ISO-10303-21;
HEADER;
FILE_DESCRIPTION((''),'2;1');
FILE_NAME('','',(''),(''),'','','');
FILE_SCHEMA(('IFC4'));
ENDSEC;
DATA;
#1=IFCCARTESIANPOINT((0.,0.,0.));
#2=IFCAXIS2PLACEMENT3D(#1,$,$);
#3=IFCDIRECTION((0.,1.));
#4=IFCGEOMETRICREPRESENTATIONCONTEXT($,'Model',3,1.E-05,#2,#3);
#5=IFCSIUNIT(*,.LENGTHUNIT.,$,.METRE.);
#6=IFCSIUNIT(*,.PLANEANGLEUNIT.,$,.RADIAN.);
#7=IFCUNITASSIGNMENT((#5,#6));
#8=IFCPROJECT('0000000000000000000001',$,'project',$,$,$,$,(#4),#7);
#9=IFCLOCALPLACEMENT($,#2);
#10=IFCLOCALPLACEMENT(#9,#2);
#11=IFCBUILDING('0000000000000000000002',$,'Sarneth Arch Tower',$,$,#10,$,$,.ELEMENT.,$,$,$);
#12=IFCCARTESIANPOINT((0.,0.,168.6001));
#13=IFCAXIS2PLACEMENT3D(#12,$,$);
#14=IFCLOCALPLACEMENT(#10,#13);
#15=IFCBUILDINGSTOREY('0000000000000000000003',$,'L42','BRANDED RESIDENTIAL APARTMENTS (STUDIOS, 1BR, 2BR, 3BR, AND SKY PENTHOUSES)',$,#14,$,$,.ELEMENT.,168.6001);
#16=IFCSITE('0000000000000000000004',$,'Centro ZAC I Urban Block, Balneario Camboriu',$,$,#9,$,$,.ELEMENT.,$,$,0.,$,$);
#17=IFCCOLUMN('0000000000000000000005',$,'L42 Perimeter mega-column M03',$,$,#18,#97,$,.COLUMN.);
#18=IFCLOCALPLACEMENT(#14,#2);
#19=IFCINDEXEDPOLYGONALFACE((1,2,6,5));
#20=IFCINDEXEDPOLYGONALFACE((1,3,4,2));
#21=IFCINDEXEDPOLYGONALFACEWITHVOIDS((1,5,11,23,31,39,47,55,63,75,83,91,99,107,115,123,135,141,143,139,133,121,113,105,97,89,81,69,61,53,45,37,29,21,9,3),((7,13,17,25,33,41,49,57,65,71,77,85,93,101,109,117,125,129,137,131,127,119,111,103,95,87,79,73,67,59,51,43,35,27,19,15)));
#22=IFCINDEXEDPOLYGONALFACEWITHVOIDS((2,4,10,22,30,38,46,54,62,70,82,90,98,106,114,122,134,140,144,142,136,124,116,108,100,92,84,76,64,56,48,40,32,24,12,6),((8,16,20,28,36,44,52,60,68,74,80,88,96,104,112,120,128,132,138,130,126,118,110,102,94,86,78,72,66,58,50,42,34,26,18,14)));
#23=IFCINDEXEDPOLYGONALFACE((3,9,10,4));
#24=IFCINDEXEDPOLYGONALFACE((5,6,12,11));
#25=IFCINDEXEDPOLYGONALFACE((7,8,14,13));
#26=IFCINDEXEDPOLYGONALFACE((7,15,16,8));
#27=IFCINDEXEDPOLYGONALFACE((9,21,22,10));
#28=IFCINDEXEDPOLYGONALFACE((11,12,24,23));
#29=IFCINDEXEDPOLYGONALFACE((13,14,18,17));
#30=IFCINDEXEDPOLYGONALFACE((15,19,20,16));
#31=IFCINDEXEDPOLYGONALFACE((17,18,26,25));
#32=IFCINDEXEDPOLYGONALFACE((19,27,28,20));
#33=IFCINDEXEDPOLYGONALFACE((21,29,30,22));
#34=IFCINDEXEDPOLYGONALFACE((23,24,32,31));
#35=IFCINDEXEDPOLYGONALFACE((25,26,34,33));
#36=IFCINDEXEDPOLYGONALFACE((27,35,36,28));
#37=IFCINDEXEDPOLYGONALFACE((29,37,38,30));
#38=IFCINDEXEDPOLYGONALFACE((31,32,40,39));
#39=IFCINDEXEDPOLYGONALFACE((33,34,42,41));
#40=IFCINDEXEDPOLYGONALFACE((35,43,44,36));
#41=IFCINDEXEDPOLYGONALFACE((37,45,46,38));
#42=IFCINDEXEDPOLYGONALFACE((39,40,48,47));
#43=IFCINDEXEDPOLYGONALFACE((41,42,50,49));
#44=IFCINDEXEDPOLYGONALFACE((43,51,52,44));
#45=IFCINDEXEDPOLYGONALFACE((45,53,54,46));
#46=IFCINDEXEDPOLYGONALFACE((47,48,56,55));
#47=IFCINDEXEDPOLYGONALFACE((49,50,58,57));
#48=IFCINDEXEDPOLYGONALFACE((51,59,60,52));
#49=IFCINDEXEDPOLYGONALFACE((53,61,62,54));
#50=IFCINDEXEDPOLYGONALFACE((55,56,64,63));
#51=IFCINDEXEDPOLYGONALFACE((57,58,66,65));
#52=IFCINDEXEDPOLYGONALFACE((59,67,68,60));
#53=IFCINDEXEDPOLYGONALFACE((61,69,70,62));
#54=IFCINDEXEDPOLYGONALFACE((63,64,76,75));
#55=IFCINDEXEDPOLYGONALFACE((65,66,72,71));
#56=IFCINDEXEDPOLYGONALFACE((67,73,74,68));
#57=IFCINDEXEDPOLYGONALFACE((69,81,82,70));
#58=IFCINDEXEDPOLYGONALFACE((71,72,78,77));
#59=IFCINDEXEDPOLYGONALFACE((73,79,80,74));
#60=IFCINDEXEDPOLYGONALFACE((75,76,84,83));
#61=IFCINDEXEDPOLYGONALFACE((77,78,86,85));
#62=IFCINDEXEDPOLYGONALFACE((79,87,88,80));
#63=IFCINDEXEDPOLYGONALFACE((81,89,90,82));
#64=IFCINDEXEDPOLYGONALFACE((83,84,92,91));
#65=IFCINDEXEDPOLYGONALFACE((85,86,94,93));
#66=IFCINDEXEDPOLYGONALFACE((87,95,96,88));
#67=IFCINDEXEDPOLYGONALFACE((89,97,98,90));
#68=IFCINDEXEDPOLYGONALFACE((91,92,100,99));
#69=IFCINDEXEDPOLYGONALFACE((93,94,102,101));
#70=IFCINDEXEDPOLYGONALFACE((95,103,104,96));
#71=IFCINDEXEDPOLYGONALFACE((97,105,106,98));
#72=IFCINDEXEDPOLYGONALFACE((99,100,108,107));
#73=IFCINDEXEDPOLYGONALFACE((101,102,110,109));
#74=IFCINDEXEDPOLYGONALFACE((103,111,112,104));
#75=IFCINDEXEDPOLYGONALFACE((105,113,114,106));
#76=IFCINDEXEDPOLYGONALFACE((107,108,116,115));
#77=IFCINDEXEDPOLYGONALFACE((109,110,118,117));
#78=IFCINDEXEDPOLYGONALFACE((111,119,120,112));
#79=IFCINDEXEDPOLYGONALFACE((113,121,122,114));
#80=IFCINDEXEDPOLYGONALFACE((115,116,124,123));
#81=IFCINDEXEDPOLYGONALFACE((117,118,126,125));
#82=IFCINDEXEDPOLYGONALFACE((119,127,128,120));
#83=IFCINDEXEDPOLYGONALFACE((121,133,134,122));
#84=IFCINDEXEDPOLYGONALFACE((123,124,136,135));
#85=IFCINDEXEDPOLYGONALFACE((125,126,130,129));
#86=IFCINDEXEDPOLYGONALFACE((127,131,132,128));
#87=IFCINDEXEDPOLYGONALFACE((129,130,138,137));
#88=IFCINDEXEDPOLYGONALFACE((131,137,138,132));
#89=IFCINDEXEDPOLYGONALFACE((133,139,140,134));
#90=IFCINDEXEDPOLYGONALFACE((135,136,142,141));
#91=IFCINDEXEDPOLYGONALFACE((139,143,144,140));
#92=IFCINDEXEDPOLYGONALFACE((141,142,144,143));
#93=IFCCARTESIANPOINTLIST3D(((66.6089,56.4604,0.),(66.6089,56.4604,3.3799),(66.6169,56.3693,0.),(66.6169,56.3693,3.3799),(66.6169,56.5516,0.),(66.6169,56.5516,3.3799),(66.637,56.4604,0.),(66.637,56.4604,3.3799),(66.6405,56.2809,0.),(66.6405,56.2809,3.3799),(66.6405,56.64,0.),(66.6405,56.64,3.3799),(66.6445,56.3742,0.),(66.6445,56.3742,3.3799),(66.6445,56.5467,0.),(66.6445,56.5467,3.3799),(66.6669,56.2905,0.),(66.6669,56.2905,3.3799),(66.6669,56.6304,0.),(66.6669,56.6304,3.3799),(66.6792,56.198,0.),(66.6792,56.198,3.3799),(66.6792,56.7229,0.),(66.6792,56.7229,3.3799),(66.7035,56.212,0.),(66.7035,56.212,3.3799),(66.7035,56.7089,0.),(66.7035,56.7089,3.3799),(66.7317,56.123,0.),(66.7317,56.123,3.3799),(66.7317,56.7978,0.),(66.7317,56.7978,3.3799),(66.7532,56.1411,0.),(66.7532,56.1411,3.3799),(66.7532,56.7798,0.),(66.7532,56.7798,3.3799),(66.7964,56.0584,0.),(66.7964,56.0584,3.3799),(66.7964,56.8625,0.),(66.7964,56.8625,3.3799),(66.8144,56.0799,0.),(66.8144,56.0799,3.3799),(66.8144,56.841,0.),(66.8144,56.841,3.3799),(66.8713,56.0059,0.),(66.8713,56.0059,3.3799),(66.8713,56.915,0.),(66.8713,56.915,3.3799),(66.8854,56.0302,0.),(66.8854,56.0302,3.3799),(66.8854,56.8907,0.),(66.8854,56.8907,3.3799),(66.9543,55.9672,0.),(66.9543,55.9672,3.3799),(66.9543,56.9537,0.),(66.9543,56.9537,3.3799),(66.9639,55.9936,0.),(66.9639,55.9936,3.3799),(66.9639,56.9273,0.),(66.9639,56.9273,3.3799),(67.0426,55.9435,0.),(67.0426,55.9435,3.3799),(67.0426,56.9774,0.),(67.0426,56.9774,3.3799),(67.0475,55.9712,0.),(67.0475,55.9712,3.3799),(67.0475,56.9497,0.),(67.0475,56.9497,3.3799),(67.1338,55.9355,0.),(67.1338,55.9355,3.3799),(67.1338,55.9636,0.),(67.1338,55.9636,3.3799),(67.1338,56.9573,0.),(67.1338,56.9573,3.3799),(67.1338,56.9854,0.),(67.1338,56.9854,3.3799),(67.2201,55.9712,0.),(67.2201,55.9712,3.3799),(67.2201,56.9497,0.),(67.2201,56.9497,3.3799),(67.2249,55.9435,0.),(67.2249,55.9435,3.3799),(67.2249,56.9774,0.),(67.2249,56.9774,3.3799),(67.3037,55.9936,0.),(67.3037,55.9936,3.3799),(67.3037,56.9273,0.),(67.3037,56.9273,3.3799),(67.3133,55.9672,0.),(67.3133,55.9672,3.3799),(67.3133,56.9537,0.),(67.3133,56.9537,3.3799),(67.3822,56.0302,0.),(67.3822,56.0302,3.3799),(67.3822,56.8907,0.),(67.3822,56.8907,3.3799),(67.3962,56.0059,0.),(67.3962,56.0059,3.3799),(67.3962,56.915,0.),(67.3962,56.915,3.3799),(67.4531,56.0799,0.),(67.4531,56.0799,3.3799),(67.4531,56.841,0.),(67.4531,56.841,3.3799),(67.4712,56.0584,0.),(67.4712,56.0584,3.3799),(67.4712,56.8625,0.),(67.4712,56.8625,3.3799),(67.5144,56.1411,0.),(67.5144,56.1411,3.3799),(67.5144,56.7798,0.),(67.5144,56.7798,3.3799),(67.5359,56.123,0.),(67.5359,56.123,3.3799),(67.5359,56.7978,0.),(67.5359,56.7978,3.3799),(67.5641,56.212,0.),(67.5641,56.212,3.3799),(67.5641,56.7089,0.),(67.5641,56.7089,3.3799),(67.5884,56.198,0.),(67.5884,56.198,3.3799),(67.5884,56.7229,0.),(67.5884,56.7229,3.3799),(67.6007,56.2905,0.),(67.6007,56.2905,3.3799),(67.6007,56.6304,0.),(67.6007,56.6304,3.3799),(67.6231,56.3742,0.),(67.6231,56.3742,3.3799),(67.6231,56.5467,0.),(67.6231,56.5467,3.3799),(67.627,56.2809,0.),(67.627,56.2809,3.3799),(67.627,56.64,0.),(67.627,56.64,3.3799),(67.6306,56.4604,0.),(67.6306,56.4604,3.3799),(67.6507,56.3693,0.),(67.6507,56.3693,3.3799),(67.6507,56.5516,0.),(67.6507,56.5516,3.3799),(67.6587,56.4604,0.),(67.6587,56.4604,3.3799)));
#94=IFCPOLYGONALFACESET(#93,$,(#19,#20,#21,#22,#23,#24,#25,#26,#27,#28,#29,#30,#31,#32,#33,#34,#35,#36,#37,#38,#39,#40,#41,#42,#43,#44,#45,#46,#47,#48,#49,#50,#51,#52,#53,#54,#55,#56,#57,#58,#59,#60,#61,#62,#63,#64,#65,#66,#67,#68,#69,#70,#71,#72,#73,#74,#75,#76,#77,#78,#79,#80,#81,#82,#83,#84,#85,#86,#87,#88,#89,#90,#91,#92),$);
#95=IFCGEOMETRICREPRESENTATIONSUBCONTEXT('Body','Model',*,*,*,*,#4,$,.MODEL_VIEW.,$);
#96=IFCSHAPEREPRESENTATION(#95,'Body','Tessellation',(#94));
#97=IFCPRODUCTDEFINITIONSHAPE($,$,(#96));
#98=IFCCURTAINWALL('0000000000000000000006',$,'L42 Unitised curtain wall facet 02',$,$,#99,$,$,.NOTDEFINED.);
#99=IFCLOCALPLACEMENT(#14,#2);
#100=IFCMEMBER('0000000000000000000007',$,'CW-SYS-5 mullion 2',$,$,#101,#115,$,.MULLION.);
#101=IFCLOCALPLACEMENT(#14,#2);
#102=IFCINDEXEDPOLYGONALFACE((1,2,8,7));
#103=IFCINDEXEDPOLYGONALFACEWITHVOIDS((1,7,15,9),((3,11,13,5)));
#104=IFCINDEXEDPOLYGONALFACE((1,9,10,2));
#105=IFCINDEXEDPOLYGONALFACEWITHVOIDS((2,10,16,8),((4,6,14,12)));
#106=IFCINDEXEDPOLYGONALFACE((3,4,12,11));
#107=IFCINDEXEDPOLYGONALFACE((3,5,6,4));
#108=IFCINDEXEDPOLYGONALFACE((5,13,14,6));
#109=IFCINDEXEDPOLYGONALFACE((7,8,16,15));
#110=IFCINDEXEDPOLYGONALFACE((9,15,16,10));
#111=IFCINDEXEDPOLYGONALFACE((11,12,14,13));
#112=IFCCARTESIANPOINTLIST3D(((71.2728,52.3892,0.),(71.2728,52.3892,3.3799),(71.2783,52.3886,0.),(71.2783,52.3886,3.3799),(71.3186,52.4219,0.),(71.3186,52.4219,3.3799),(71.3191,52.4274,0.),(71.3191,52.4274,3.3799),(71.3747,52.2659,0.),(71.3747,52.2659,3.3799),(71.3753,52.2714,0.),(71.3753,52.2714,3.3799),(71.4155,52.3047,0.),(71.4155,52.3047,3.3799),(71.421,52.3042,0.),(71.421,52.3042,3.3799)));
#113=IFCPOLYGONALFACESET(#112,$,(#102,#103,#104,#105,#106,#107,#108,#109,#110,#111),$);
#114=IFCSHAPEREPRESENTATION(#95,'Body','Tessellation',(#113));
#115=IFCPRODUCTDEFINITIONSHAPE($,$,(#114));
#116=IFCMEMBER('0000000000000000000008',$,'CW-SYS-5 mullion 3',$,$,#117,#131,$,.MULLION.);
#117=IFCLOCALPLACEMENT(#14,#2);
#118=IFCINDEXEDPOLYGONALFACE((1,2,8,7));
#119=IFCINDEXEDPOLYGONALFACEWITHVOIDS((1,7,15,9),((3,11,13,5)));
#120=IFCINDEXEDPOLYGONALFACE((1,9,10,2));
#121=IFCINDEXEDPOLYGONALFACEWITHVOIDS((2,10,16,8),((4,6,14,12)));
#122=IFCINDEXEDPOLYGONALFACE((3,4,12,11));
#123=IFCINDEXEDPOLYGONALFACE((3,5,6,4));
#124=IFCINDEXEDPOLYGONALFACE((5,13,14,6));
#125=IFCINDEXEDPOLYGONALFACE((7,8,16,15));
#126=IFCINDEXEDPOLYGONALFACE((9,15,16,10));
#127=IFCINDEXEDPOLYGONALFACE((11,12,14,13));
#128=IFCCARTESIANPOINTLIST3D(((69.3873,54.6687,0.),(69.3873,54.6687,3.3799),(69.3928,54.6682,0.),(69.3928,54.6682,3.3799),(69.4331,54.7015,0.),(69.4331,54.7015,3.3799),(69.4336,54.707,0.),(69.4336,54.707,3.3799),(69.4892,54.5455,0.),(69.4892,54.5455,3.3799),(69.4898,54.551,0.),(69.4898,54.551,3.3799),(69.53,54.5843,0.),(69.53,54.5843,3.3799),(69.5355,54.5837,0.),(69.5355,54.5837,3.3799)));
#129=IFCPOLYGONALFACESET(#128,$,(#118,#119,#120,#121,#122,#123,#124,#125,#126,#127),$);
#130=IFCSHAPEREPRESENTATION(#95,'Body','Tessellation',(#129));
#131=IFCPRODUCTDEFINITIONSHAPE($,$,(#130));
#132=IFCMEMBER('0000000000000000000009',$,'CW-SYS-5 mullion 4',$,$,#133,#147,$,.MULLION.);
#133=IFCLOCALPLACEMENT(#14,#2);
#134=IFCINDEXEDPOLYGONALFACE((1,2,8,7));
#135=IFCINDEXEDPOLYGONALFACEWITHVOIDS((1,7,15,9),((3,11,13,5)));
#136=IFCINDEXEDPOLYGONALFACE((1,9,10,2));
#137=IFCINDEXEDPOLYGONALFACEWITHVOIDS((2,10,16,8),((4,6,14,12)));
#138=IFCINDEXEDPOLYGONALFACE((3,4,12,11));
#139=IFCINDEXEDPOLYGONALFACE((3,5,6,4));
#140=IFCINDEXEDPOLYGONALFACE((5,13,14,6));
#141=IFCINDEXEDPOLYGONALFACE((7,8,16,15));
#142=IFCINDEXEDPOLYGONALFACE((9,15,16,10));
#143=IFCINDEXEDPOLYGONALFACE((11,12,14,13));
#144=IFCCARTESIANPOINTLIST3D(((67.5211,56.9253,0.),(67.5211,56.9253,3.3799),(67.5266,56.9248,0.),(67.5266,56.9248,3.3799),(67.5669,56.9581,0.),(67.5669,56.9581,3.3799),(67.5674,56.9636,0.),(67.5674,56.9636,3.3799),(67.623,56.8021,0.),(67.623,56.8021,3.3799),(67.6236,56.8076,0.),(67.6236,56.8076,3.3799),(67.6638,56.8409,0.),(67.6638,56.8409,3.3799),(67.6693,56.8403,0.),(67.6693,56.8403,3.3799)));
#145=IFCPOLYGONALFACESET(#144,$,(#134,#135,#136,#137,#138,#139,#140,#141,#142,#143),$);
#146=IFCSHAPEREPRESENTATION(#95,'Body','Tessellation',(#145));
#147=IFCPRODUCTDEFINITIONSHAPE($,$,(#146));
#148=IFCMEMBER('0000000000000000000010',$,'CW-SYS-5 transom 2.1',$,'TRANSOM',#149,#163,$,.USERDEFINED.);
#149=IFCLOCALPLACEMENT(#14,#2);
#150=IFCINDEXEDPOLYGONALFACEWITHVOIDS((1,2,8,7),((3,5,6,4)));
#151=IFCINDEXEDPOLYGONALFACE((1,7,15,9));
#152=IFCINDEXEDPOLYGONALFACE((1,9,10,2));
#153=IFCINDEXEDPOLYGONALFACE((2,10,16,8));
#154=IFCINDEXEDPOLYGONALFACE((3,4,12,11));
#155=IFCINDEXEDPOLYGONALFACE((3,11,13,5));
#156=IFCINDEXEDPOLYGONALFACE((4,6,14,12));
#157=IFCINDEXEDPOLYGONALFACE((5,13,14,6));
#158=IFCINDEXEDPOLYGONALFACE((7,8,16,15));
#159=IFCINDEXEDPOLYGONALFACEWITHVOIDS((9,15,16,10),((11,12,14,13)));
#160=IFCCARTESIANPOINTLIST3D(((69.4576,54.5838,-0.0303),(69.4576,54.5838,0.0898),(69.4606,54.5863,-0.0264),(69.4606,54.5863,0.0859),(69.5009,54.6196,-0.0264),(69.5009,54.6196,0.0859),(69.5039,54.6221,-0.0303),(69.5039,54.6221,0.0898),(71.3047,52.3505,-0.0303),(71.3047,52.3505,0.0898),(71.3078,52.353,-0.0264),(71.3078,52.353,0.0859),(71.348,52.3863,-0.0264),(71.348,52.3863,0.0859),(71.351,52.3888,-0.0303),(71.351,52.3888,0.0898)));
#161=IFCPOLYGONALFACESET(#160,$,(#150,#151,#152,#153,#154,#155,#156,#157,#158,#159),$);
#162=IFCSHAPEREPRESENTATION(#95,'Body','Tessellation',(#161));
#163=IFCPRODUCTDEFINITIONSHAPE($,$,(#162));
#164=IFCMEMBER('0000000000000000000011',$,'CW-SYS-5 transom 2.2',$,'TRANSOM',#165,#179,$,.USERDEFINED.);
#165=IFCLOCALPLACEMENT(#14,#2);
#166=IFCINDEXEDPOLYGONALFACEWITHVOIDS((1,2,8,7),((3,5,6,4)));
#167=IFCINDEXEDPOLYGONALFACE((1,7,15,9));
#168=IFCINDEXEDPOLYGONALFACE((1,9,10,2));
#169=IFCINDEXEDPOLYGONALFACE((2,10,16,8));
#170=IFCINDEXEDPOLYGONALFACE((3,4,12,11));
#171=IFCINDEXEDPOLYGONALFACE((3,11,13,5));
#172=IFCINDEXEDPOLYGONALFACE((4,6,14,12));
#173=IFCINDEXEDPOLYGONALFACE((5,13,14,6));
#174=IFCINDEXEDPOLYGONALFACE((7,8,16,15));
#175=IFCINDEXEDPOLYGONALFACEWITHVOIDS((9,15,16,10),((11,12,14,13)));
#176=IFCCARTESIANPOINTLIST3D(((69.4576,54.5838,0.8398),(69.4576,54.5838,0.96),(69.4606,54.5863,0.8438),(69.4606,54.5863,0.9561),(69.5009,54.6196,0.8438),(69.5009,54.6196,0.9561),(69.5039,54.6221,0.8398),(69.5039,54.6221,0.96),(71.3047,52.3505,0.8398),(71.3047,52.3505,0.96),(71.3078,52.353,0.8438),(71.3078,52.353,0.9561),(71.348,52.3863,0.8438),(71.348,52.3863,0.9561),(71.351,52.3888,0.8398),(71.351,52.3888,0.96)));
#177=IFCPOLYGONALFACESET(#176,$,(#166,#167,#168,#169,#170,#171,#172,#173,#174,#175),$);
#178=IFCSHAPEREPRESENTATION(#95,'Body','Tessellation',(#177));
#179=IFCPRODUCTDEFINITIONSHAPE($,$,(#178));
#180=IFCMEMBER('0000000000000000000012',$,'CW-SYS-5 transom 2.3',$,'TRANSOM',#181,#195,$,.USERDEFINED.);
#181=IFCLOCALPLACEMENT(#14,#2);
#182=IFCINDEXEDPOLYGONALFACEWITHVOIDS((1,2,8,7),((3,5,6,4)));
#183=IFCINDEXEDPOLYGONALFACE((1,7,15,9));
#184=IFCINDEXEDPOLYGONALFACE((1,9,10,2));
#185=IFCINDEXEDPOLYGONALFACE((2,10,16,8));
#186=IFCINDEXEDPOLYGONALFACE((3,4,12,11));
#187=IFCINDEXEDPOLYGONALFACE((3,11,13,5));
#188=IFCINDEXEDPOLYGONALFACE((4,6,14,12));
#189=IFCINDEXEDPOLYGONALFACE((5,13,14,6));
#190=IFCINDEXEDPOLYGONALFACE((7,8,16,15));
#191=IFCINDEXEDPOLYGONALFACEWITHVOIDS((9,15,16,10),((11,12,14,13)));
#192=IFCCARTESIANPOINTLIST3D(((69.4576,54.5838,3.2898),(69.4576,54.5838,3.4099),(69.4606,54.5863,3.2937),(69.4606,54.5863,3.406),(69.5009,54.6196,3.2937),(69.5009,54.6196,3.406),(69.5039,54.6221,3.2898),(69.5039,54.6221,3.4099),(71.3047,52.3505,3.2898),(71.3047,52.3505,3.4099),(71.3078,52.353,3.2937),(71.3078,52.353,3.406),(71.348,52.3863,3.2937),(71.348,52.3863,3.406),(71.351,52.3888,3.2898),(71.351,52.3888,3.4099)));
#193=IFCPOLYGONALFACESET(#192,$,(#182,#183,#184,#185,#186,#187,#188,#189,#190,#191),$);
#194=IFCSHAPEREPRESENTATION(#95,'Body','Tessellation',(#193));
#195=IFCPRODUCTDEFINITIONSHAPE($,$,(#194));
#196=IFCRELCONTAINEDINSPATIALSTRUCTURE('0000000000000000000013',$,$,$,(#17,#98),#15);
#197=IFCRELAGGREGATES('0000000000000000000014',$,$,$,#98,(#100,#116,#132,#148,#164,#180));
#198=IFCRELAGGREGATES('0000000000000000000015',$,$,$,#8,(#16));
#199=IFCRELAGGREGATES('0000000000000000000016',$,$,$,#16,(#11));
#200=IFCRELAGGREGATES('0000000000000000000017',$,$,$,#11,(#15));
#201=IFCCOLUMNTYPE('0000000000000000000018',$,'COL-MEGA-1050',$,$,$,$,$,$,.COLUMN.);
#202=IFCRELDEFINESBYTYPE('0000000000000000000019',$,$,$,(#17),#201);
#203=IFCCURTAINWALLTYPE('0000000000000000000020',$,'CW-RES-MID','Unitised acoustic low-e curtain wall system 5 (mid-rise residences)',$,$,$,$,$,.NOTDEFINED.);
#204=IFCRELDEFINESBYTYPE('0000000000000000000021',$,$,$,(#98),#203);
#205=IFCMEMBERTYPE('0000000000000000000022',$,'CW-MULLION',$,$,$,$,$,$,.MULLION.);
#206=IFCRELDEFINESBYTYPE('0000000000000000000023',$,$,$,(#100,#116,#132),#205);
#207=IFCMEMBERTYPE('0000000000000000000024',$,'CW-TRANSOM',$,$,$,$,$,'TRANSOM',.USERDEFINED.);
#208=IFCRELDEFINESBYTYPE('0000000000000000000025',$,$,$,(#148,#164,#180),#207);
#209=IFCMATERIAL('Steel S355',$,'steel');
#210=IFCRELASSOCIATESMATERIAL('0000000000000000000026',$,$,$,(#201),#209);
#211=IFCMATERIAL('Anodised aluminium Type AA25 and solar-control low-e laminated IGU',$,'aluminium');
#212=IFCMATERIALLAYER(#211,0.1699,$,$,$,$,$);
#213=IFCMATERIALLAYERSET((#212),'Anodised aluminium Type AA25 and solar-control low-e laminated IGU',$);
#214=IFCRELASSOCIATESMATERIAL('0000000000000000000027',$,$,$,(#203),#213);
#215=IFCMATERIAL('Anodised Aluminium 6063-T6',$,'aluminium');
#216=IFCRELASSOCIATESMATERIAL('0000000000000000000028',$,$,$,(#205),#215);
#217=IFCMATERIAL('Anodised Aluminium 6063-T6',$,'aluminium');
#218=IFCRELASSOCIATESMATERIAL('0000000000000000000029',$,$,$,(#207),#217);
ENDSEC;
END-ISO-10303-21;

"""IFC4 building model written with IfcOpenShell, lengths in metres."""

from ifc_helpers import new_model, si_unit, direction, frame, origin, origin_2d, place, context, subcontext, project, spatial, hollow_rectangle, hollow_circle, extrude, material, layer, layer_set, material_profile, profile_set, type_object, element, aggregate, save


model = new_model("IFC4")

# Units and contexts
model_context = context("Model", 3, precision=1e-05, world=origin(), true_north=direction((0.0, 1.0)))
body_context = subcontext(model_context, "Body", "Model", "MODEL_VIEW")
ifc_project = project(units=[si_unit("LENGTHUNIT", "METRE"), si_unit("PLANEANGLEUNIT", "RADIAN")], contexts=[model_context])

# Site, building, storey
site_placement = place(None, origin())
site = spatial("IfcSite", under=ifc_project, at=site_placement, Name="Centro ZAC I Urban Block, Balneario Camboriu", CompositionType="ELEMENT", RefElevation=0.0)
building_placement = place(site_placement, origin())
building = spatial("IfcBuilding", under=site, at=building_placement, Name="Sarneth Arch Tower", CompositionType="ELEMENT")
storey_placement = place(building_placement, frame((0.0, 0.0, 168.6001)))
storey = spatial("IfcBuildingStorey", under=building, at=storey_placement, Name="L42", Description="BRANDED RESIDENTIAL APARTMENTS (STUDIOS, 1BR, 2BR, 3BR, AND SKY PENTHOUSES)", CompositionType="ELEMENT", Elevation=168.6001)

# Column
ifc_material_1 = material(Name="Steel S355", Category="steel")
ifc_material_profile_1 = material_profile(ifc_material_1, hollow_circle(Radius=0.5249, WallThickness=0.0281, at=origin_2d()), Name="CHS1050x28")
ifc_profile_set_1 = profile_set([ifc_material_profile_1], Name="Steel S355")
column_type = type_object("IfcColumnType", Name="COL-MEGA-1050", PredefinedType="COLUMN", material=ifc_profile_set_1)
column_placement = place(storey_placement, frame((67.1338, 56.4604, 0.0), z_axis=(0.0, 0.0, 1.0), x_axis=(1.0, 0.0, 0.0)))
element("IfcColumn", 1, at=column_placement, inside=storey, type_object=column_type, Name="L42 Perimeter mega-column M03", PredefinedType="COLUMN", context=body_context, shape_type="SweptSolid", body=[
    extrude(hollow_circle(Radius=0.5249, WallThickness=0.0281, at=origin_2d()), origin(), (0.0, 0.0, 1.0), 3.3799),
])

# Curtain wall, members
ifc_material_2 = material(Name="Anodised aluminium Type AA25 and solar-control low-e laminated IGU", Category="aluminium")
ifc_layer_1 = layer(ifc_material_2, 0.1699)
ifc_layer_set_1 = layer_set([ifc_layer_1], Name="Anodised aluminium Type AA25 and solar-control low-e laminated IGU")
curtain_wall_type = type_object("IfcCurtainWallType", Name="CW-RES-MID", Description="Unitised acoustic low-e curtain wall system 5 (mid-rise residences)", PredefinedType="NOTDEFINED", material=ifc_layer_set_1)
curtain_wall_placement = place(storey_placement, origin())
curtain_wall = element("IfcCurtainWall", 2, at=curtain_wall_placement, inside=storey, type_object=curtain_wall_type, Name="L42 Unitised curtain wall facet 02", PredefinedType="NOTDEFINED")
ifc_material_3 = material(Name="Anodised Aluminium 6063-T6", Category="aluminium")
ifc_material_profile_2 = material_profile(ifc_material_3, hollow_rectangle(XDim=0.0601, YDim=0.1599, WallThickness=0.0039, at=origin_2d()), Name="AL-MULL-160x60x4")
ifc_profile_set_2 = profile_set([ifc_material_profile_2], Name="Anodised Aluminium 6063-T6")
member_type_1 = type_object("IfcMemberType", Name="CW-MULLION", PredefinedType="MULLION", material=ifc_profile_set_2)
member_1_placement = place(storey_placement, frame((71.3469, 52.3467, 0.0), z_axis=(0.0, 0.0, 1.0), x_axis=(-0.770591, -0.63733, 0.0)))
member_1 = element("IfcMember", 3, at=member_1_placement, type_object=member_type_1, Name="CW-SYS-5 mullion 2", PredefinedType="MULLION", context=body_context, shape_type="SweptSolid", body=[
    extrude(hollow_rectangle(XDim=0.0601, YDim=0.1599, WallThickness=0.0039, at=origin_2d()), origin(), (0.0, 0.0, 1.0), 3.3799),
])
member_2_placement = place(storey_placement, frame((69.4614, 54.6262, 0.0), z_axis=(0.0, 0.0, 1.0), x_axis=(-0.770591, -0.63733, 0.0)))
member_2 = element("IfcMember", 4, at=member_2_placement, type_object=member_type_1, Name="CW-SYS-5 mullion 3", PredefinedType="MULLION", context=body_context, shape_type="SweptSolid", body=[
    extrude(hollow_rectangle(XDim=0.0601, YDim=0.1599, WallThickness=0.0039, at=origin_2d()), origin(), (0.0, 0.0, 1.0), 3.3799),
])
member_3_placement = place(storey_placement, frame((67.5952, 56.8828, 0.0), z_axis=(0.0, 0.0, 1.0), x_axis=(-0.770591, -0.63733, 0.0)))
member_3 = element("IfcMember", 5, at=member_3_placement, type_object=member_type_1, Name="CW-SYS-5 mullion 4", PredefinedType="MULLION", context=body_context, shape_type="SweptSolid", body=[
    extrude(hollow_rectangle(XDim=0.0601, YDim=0.1599, WallThickness=0.0039, at=origin_2d()), origin(), (0.0, 0.0, 1.0), 3.3799),
])
ifc_material_4 = material(Name="Anodised Aluminium 6063-T6", Category="aluminium")
ifc_material_profile_3 = material_profile(ifc_material_4, hollow_rectangle(XDim=0.0601, YDim=0.1201, WallThickness=0.0039, at=origin_2d()), Name="AL-TRAN-120x60x4")
ifc_profile_set_3 = profile_set([ifc_material_profile_3], Name="Anodised Aluminium 6063-T6")
member_type_2 = type_object("IfcMemberType", Name="CW-TRANSOM", ElementType="TRANSOM", PredefinedType="USERDEFINED", material=ifc_profile_set_3)
member_4_placement = place(storey_placement, frame((71.3279, 52.3696, 0.0298), z_axis=(-0.63733, 0.770591, 0.0), x_axis=(-0.770591, -0.63733, 0.0)))
member_4 = element("IfcMember", 6, at=member_4_placement, type_object=member_type_2, Name="CW-SYS-5 transom 2.1", ObjectType="TRANSOM", PredefinedType="USERDEFINED", context=body_context, shape_type="SweptSolid", body=[
    extrude(hollow_rectangle(XDim=0.0601, YDim=0.1201, WallThickness=0.0039, at=origin_2d()), origin(), (0.0, 0.0, 1.0), 2.8982),
])
member_5_placement = place(storey_placement, frame((71.3279, 52.3696, 0.8999), z_axis=(-0.63733, 0.770591, 0.0), x_axis=(-0.770591, -0.63733, 0.0)))
member_5 = element("IfcMember", 7, at=member_5_placement, type_object=member_type_2, Name="CW-SYS-5 transom 2.2", ObjectType="TRANSOM", PredefinedType="USERDEFINED", context=body_context, shape_type="SweptSolid", body=[
    extrude(hollow_rectangle(XDim=0.0601, YDim=0.1201, WallThickness=0.0039, at=origin_2d()), origin(), (0.0, 0.0, 1.0), 2.8982),
])
member_6_placement = place(storey_placement, frame((71.3279, 52.3696, 3.3499), z_axis=(-0.63733, 0.770591, 0.0), x_axis=(-0.770591, -0.63733, 0.0)))
member_6 = element("IfcMember", 8, at=member_6_placement, type_object=member_type_2, Name="CW-SYS-5 transom 2.3", ObjectType="TRANSOM", PredefinedType="USERDEFINED", context=body_context, shape_type="SweptSolid", body=[
    extrude(hollow_rectangle(XDim=0.0601, YDim=0.1201, WallThickness=0.0039, at=origin_2d()), origin(), (0.0, 0.0, 1.0), 2.8982),
])

aggregate(curtain_wall, [member_1, member_2, member_3, member_4, member_5, member_6])

save(model, "model.ifc")
